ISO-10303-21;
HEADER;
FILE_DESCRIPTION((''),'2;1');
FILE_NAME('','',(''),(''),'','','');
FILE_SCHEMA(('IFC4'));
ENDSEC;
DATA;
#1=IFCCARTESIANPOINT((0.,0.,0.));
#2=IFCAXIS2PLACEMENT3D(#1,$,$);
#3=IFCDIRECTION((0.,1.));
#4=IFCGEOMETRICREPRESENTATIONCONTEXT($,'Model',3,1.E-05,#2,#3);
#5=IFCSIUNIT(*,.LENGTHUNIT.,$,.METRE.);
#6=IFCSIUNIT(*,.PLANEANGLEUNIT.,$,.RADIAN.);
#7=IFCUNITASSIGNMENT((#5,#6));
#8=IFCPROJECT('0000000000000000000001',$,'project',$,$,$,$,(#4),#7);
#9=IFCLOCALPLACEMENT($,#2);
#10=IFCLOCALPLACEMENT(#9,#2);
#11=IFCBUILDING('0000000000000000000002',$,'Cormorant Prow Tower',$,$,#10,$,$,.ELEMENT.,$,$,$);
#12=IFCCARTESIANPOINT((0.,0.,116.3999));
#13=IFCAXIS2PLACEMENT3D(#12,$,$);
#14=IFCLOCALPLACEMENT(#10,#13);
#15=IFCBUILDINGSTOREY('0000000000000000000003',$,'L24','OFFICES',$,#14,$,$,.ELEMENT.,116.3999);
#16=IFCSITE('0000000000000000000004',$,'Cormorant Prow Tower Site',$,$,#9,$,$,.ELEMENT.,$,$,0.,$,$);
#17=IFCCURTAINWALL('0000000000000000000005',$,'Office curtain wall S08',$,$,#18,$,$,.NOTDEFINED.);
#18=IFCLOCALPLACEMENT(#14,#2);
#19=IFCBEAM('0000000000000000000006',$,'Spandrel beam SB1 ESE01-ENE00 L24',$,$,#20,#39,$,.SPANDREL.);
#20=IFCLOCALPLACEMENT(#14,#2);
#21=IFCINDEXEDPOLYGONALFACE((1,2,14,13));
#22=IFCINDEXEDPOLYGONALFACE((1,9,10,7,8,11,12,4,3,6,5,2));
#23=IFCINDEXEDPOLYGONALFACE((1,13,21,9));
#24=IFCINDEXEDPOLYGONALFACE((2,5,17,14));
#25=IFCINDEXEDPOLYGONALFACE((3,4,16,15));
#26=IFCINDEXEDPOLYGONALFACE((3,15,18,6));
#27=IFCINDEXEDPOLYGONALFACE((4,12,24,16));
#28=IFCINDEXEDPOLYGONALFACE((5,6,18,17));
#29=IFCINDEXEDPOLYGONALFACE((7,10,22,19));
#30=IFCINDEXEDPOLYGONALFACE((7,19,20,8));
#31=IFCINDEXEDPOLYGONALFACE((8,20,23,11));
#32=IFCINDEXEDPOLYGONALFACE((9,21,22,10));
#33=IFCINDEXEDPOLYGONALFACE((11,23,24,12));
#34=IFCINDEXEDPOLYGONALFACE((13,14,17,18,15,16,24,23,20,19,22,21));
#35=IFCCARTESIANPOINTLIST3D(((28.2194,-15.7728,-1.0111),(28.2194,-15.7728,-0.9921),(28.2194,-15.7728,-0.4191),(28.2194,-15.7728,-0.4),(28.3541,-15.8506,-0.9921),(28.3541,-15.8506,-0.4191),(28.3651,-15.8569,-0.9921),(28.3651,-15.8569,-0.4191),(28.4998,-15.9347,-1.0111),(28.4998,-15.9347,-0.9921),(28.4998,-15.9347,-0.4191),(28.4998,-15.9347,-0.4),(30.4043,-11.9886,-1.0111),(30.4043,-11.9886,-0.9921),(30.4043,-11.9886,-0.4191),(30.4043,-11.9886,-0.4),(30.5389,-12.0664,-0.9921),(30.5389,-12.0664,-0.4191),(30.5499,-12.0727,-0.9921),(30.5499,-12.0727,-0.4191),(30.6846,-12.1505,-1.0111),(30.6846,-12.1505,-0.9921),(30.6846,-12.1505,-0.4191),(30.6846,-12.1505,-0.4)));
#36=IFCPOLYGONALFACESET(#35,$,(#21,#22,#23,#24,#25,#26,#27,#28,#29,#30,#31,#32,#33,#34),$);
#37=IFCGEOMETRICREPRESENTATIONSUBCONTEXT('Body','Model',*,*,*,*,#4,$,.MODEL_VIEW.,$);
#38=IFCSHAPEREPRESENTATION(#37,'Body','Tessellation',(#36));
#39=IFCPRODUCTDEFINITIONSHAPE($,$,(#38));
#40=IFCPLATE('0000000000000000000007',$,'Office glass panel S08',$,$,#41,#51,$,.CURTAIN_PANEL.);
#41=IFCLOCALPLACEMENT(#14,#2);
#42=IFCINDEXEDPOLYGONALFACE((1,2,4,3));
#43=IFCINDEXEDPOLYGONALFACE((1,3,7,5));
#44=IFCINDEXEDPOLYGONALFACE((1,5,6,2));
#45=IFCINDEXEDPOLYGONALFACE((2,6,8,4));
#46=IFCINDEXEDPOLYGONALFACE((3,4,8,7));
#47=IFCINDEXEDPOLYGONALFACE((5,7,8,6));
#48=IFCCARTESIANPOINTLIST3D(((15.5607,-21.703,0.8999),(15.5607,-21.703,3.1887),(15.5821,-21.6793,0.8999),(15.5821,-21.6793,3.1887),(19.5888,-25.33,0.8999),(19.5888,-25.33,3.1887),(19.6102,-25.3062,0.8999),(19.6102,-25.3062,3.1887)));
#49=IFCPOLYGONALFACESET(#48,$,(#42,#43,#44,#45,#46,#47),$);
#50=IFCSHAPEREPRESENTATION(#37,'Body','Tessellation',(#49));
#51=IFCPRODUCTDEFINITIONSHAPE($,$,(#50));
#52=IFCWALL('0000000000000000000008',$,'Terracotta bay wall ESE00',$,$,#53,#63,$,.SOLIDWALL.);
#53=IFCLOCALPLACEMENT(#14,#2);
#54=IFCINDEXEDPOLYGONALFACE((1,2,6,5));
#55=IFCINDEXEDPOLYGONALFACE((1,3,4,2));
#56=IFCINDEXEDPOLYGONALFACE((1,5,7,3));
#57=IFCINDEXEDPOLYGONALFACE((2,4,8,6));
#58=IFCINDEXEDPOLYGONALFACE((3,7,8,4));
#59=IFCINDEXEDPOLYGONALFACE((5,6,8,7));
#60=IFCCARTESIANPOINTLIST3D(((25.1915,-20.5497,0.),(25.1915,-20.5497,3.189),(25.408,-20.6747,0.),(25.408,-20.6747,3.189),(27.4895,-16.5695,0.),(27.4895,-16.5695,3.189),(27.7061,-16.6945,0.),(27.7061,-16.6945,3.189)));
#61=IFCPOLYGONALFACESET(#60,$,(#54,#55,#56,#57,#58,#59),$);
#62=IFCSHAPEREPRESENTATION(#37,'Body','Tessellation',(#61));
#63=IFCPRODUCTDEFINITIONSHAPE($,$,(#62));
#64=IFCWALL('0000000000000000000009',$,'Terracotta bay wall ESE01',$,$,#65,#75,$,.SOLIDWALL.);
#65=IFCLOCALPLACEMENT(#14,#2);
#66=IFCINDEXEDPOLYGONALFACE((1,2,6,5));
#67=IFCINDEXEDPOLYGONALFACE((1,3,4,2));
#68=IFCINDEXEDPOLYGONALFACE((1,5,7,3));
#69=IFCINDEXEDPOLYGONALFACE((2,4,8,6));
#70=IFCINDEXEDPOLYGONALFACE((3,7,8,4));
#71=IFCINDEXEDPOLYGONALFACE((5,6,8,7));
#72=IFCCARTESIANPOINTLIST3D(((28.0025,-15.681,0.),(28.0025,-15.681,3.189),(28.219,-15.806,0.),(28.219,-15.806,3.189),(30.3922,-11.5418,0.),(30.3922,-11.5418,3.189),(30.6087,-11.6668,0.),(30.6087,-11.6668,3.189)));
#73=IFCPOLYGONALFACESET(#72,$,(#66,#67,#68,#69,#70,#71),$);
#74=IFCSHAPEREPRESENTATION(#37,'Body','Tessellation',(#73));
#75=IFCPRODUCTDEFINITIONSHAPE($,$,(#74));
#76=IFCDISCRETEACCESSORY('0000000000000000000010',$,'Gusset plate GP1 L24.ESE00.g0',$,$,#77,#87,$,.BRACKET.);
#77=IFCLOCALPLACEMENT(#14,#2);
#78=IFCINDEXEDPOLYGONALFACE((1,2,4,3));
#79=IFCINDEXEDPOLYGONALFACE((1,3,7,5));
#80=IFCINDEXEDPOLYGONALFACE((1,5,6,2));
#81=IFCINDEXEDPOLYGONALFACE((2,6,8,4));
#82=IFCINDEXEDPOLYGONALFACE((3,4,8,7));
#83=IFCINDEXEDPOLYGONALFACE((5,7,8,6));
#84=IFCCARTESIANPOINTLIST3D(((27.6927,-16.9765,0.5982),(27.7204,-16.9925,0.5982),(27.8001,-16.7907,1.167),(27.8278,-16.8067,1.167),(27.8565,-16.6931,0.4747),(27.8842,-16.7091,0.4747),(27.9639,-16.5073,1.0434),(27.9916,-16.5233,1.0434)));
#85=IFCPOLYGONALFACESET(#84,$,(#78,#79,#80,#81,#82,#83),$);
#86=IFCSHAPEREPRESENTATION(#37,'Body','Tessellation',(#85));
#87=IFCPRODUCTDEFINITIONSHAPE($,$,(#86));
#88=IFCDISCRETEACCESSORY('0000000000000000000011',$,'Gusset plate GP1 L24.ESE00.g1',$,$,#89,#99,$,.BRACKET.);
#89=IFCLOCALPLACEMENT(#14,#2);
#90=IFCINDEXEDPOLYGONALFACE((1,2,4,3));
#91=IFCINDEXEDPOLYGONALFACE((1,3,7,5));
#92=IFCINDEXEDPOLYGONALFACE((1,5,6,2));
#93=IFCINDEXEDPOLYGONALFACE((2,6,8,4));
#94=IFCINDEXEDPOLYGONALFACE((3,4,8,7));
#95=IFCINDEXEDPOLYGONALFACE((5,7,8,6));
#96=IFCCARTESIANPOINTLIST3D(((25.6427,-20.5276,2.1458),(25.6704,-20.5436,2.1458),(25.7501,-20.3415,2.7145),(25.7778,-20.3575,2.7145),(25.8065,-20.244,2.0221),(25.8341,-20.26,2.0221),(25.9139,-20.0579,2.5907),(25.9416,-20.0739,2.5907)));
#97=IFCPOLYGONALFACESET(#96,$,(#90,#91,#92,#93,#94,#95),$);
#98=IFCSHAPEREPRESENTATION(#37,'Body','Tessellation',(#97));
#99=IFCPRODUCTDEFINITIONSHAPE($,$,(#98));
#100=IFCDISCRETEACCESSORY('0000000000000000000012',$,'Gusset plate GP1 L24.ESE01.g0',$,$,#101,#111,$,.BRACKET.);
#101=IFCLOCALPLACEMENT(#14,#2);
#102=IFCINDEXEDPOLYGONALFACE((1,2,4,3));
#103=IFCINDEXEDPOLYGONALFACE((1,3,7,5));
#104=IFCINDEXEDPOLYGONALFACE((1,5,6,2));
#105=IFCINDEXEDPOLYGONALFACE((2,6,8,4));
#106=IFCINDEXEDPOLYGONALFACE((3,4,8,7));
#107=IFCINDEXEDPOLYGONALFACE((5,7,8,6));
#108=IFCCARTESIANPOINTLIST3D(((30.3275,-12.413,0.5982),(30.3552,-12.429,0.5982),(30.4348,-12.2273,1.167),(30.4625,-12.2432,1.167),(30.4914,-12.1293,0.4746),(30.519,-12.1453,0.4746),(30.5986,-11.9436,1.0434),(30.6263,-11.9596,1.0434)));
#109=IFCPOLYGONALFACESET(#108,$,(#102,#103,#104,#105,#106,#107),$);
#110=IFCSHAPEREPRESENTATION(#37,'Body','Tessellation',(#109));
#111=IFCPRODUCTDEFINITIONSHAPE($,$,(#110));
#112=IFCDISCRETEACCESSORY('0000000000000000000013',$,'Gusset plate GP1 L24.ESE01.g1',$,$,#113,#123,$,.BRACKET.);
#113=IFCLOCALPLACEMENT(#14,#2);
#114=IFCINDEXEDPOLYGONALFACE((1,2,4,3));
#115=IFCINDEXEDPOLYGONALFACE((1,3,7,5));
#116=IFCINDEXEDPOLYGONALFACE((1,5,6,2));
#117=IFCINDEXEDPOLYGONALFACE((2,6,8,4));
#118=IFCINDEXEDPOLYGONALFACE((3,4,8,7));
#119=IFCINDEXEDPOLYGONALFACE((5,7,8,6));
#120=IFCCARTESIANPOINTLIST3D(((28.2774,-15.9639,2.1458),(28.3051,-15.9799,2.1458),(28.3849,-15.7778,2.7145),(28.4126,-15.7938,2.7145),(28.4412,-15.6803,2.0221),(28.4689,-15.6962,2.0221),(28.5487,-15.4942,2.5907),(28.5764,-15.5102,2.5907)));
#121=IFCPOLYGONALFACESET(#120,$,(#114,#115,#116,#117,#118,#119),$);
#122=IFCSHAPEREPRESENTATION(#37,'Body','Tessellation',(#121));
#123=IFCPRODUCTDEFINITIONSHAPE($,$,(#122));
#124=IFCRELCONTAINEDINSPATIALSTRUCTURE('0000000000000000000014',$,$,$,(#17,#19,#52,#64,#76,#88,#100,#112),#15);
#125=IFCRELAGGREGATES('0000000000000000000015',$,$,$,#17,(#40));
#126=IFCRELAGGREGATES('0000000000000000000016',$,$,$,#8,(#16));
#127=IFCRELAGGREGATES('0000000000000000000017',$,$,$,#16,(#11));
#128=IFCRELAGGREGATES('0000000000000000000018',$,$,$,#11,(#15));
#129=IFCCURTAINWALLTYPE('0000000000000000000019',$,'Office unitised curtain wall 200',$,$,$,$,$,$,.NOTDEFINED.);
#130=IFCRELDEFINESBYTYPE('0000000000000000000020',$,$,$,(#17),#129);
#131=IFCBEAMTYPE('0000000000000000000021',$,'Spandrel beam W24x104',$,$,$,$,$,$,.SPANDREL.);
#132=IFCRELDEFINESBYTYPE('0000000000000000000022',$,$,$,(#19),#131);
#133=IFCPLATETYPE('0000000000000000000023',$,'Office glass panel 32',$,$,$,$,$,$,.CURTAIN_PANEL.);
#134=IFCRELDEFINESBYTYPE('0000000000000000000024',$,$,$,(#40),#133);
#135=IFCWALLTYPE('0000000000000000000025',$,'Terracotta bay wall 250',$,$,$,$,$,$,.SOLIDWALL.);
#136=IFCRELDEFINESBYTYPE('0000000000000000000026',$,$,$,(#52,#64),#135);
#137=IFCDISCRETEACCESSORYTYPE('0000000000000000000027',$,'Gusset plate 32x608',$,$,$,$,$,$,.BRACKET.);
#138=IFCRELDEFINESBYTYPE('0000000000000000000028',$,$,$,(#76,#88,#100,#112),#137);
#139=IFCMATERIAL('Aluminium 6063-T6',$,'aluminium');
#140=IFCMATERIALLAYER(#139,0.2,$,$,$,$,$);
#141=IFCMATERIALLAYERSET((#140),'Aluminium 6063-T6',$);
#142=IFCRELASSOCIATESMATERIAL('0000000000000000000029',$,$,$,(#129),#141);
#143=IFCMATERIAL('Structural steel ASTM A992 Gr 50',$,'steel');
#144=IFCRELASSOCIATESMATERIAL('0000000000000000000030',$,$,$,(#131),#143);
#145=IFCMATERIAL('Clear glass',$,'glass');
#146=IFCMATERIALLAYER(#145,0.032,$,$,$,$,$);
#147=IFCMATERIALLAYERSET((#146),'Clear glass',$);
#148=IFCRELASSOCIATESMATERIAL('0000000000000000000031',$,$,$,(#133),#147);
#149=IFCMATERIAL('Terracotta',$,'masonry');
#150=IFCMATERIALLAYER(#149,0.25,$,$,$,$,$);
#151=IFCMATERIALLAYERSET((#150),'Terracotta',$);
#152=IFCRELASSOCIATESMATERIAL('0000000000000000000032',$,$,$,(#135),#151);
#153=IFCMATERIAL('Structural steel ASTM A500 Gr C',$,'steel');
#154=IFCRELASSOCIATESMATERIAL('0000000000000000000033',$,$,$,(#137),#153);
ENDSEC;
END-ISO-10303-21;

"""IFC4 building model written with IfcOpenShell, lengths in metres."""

from ifc_helpers import new_model, si_unit, direction, frame, frame_2d, origin, origin_2d, place, context, subcontext, project, spatial, rectangle, i_section, extrude, material, layer, layer_set, material_profile, profile_set, type_object, element, aggregate, save


model = new_model("IFC4")

# Units and contexts
model_context = context("Model", 3, precision=1e-05, world=origin(), true_north=direction((0.0, 1.0)))
body_context = subcontext(model_context, "Body", "Model", "MODEL_VIEW")
ifc_project = project(units=[si_unit("LENGTHUNIT", "METRE"), si_unit("PLANEANGLEUNIT", "RADIAN")], contexts=[model_context])

# Site, building, storey
site_placement = place(None, origin())
site = spatial("IfcSite", under=ifc_project, at=site_placement, Name="Cormorant Prow Tower Site", CompositionType="ELEMENT", RefElevation=0.0)
building_placement = place(site_placement, origin())
building = spatial("IfcBuilding", under=site, at=building_placement, Name="Cormorant Prow Tower", CompositionType="ELEMENT")
storey_placement = place(building_placement, frame((0.0, 0.0, 116.3999)))
storey = spatial("IfcBuildingStorey", under=building, at=storey_placement, Name="L24", Description="OFFICES", CompositionType="ELEMENT", Elevation=116.3999)

# Curtain wall
ifc_material_1 = material(Name="Aluminium 6063-T6", Category="aluminium")
ifc_layer_1 = layer(ifc_material_1, 0.2)
ifc_layer_set_1 = layer_set([ifc_layer_1], Name="Aluminium 6063-T6")
curtain_wall_type = type_object("IfcCurtainWallType", Name="Office unitised curtain wall 200", PredefinedType="NOTDEFINED", material=ifc_layer_set_1)
curtain_wall_placement = place(storey_placement, origin())
curtain_wall = element("IfcCurtainWall", 1, at=curtain_wall_placement, inside=storey, type_object=curtain_wall_type, Name="Office curtain wall S08", PredefinedType="NOTDEFINED")

# Beam
ifc_material_2 = material(Name="Structural steel ASTM A992 Gr 50", Category="steel")
ifc_material_profile_1 = material_profile(ifc_material_2, i_section(OverallWidth=0.3237, OverallDepth=0.6111, WebThickness=0.0127, FlangeThickness=0.019, at=origin_2d()), Name="W24x104")
ifc_profile_set_1 = profile_set([ifc_material_profile_1], Name="Structural steel ASTM A992 Gr 50")
beam_type_1 = type_object("IfcBeamType", Name="Spandrel beam W24x104", PredefinedType="SPANDREL", material=ifc_profile_set_1)
for number, where, z_axis, x_axis, name in (
    (2, (28.3596, -15.8538, -0.7056), (0.500003, 0.866024, 0.0), (-0.866024, 0.500003, 0.0), "Spandrel beam SB1 ESE01-ENE00 L24"),
):
    element("IfcBeam", number, at=place(storey_placement, frame(where, z_axis=z_axis, x_axis=x_axis)), inside=storey, type_object=beam_type_1, Name=name, PredefinedType="SPANDREL", context=body_context, shape_type="SweptSolid", body=[
        extrude(i_section(OverallWidth=0.3237, OverallDepth=0.6111, WebThickness=0.0127, FlangeThickness=0.019, at=origin_2d()), origin(), (0.0, 0.0, 1.0), 4.3696),
    ])

# Plate
ifc_material_3 = material(Name="Clear glass", Category="glass")
ifc_layer_2 = layer(ifc_material_3, 0.032)
ifc_layer_set_2 = layer_set([ifc_layer_2], Name="Clear glass")
plate_type = type_object("IfcPlateType", Name="Office glass panel 32", PredefinedType="CURTAIN_PANEL", material=ifc_layer_set_2)
plate_placement = place(storey_placement, frame((17.5854, -23.5046, 0.8999), z_axis=(0.0, 0.0, 1.0), x_axis=(0.743145, -0.669131, 0.0)))
plate = element("IfcPlate", 3, at=plate_placement, type_object=plate_type, Name="Office glass panel S08", PredefinedType="CURTAIN_PANEL", context=body_context, shape_type="SweptSolid", body=[
    extrude(rectangle(XDim=5.4204, YDim=0.032, at=origin_2d()), origin(), (0.0, 0.0, 1.0), 2.2888),
])
aggregate(curtain_wall, [plate])

# Walls
ifc_material_4 = material(Name="Terracotta", Category="masonry")
ifc_layer_3 = layer(ifc_material_4, 0.25)
ifc_layer_set_3 = layer_set([ifc_layer_3], Name="Terracotta")
wall_type_1 = type_object("IfcWallType", Name="Terracotta bay wall 250", PredefinedType="SOLIDWALL", material=ifc_layer_set_3)
wall_1_placement = place(storey_placement, frame((25.2998, -20.6121, 0.0), z_axis=(0.0, 0.0, 1.0), x_axis=(0.500018, 0.866015, 0.0)))
element("IfcWall", 4, at=wall_1_placement, inside=storey, type_object=wall_type_1, Name="Terracotta bay wall ESE00", PredefinedType="SOLIDWALL", context=body_context, shape_type="SweptSolid", body=[
    extrude(rectangle(XDim=4.5959, YDim=0.25, at=frame_2d((2.2979, 0.0))), origin(), (0.0, 0.0, 1.0), 3.189),
])
wall_2_placement = place(storey_placement, frame((28.1108, -15.7434, 0.0), z_axis=(0.0, 0.0, 1.0), x_axis=(0.499985, 0.866034, 0.0)))
element("IfcWall", 5, at=wall_2_placement, inside=storey, type_object=wall_type_1, Name="Terracotta bay wall ESE01", PredefinedType="SOLIDWALL", context=body_context, shape_type="SweptSolid", body=[
    extrude(rectangle(XDim=4.7795, YDim=0.25, at=frame_2d((2.3896, 0.0))), origin(), (0.0, 0.0, 1.0), 3.189),
])

# Discrete accessories
ifc_material_5 = material(Name="Structural steel ASTM A500 Gr C", Category="steel")
ifc_material_profile_2 = material_profile(ifc_material_5, rectangle(XDim=0.032, YDim=0.6079, at=origin_2d()), Name="Gusset plate 32x608")
ifc_profile_set_2 = profile_set([ifc_material_profile_2], Name="Structural steel ASTM A500 Gr C")
discrete_accessory_type = type_object("IfcDiscreteAccessoryType", Name="Gusset plate 32x608", PredefinedType="BRACKET", material=ifc_profile_set_2)
discrete_accessory_placement = place(storey_placement, frame((27.7603, -16.8916, 0.8826), z_axis=(0.468168, 0.810049, -0.353044), x_axis=(-0.8658, 0.500389, 0.0)))
element("IfcDiscreteAccessory", 6, at=discrete_accessory_placement, inside=storey, type_object=discrete_accessory_type, Name="Gusset plate GP1 L24.ESE00.g0", PredefinedType="BRACKET", context=body_context, shape_type="SweptSolid", body=[
    extrude(rectangle(XDim=0.032, YDim=0.6079, at=origin_2d()), origin(), (0.0, 0.0, 1.0), 0.3499),
])
for number, where, z_axis, x_axis, name in (
    (7, (25.874, -20.1589, 2.3064), (-0.467788, -0.810089, 0.353455), (0.865987, -0.500067, 0.0), "Gusset plate GP1 L24.ESE00.g1"),
    (8, (30.395, -12.3281, 0.8826), (0.467903, 0.810288, -0.352845), (-0.865987, 0.500067, 0.0), "Gusset plate GP1 L24.ESE01.g0"),
    (9, (28.5088, -15.5952, 2.3064), (-0.467788, -0.810089, 0.353455), (0.865987, -0.500067, 0.0), "Gusset plate GP1 L24.ESE01.g1"),
):
    element("IfcDiscreteAccessory", number, at=place(storey_placement, frame(where, z_axis=z_axis, x_axis=x_axis)), inside=storey, type_object=discrete_accessory_type, Name=name, PredefinedType="BRACKET", context=body_context, shape_type="SweptSolid", body=[
        extrude(rectangle(XDim=0.032, YDim=0.6079, at=origin_2d()), origin(), (0.0, 0.0, 1.0), 0.3501),
    ])

save(model, "model.ifc")
